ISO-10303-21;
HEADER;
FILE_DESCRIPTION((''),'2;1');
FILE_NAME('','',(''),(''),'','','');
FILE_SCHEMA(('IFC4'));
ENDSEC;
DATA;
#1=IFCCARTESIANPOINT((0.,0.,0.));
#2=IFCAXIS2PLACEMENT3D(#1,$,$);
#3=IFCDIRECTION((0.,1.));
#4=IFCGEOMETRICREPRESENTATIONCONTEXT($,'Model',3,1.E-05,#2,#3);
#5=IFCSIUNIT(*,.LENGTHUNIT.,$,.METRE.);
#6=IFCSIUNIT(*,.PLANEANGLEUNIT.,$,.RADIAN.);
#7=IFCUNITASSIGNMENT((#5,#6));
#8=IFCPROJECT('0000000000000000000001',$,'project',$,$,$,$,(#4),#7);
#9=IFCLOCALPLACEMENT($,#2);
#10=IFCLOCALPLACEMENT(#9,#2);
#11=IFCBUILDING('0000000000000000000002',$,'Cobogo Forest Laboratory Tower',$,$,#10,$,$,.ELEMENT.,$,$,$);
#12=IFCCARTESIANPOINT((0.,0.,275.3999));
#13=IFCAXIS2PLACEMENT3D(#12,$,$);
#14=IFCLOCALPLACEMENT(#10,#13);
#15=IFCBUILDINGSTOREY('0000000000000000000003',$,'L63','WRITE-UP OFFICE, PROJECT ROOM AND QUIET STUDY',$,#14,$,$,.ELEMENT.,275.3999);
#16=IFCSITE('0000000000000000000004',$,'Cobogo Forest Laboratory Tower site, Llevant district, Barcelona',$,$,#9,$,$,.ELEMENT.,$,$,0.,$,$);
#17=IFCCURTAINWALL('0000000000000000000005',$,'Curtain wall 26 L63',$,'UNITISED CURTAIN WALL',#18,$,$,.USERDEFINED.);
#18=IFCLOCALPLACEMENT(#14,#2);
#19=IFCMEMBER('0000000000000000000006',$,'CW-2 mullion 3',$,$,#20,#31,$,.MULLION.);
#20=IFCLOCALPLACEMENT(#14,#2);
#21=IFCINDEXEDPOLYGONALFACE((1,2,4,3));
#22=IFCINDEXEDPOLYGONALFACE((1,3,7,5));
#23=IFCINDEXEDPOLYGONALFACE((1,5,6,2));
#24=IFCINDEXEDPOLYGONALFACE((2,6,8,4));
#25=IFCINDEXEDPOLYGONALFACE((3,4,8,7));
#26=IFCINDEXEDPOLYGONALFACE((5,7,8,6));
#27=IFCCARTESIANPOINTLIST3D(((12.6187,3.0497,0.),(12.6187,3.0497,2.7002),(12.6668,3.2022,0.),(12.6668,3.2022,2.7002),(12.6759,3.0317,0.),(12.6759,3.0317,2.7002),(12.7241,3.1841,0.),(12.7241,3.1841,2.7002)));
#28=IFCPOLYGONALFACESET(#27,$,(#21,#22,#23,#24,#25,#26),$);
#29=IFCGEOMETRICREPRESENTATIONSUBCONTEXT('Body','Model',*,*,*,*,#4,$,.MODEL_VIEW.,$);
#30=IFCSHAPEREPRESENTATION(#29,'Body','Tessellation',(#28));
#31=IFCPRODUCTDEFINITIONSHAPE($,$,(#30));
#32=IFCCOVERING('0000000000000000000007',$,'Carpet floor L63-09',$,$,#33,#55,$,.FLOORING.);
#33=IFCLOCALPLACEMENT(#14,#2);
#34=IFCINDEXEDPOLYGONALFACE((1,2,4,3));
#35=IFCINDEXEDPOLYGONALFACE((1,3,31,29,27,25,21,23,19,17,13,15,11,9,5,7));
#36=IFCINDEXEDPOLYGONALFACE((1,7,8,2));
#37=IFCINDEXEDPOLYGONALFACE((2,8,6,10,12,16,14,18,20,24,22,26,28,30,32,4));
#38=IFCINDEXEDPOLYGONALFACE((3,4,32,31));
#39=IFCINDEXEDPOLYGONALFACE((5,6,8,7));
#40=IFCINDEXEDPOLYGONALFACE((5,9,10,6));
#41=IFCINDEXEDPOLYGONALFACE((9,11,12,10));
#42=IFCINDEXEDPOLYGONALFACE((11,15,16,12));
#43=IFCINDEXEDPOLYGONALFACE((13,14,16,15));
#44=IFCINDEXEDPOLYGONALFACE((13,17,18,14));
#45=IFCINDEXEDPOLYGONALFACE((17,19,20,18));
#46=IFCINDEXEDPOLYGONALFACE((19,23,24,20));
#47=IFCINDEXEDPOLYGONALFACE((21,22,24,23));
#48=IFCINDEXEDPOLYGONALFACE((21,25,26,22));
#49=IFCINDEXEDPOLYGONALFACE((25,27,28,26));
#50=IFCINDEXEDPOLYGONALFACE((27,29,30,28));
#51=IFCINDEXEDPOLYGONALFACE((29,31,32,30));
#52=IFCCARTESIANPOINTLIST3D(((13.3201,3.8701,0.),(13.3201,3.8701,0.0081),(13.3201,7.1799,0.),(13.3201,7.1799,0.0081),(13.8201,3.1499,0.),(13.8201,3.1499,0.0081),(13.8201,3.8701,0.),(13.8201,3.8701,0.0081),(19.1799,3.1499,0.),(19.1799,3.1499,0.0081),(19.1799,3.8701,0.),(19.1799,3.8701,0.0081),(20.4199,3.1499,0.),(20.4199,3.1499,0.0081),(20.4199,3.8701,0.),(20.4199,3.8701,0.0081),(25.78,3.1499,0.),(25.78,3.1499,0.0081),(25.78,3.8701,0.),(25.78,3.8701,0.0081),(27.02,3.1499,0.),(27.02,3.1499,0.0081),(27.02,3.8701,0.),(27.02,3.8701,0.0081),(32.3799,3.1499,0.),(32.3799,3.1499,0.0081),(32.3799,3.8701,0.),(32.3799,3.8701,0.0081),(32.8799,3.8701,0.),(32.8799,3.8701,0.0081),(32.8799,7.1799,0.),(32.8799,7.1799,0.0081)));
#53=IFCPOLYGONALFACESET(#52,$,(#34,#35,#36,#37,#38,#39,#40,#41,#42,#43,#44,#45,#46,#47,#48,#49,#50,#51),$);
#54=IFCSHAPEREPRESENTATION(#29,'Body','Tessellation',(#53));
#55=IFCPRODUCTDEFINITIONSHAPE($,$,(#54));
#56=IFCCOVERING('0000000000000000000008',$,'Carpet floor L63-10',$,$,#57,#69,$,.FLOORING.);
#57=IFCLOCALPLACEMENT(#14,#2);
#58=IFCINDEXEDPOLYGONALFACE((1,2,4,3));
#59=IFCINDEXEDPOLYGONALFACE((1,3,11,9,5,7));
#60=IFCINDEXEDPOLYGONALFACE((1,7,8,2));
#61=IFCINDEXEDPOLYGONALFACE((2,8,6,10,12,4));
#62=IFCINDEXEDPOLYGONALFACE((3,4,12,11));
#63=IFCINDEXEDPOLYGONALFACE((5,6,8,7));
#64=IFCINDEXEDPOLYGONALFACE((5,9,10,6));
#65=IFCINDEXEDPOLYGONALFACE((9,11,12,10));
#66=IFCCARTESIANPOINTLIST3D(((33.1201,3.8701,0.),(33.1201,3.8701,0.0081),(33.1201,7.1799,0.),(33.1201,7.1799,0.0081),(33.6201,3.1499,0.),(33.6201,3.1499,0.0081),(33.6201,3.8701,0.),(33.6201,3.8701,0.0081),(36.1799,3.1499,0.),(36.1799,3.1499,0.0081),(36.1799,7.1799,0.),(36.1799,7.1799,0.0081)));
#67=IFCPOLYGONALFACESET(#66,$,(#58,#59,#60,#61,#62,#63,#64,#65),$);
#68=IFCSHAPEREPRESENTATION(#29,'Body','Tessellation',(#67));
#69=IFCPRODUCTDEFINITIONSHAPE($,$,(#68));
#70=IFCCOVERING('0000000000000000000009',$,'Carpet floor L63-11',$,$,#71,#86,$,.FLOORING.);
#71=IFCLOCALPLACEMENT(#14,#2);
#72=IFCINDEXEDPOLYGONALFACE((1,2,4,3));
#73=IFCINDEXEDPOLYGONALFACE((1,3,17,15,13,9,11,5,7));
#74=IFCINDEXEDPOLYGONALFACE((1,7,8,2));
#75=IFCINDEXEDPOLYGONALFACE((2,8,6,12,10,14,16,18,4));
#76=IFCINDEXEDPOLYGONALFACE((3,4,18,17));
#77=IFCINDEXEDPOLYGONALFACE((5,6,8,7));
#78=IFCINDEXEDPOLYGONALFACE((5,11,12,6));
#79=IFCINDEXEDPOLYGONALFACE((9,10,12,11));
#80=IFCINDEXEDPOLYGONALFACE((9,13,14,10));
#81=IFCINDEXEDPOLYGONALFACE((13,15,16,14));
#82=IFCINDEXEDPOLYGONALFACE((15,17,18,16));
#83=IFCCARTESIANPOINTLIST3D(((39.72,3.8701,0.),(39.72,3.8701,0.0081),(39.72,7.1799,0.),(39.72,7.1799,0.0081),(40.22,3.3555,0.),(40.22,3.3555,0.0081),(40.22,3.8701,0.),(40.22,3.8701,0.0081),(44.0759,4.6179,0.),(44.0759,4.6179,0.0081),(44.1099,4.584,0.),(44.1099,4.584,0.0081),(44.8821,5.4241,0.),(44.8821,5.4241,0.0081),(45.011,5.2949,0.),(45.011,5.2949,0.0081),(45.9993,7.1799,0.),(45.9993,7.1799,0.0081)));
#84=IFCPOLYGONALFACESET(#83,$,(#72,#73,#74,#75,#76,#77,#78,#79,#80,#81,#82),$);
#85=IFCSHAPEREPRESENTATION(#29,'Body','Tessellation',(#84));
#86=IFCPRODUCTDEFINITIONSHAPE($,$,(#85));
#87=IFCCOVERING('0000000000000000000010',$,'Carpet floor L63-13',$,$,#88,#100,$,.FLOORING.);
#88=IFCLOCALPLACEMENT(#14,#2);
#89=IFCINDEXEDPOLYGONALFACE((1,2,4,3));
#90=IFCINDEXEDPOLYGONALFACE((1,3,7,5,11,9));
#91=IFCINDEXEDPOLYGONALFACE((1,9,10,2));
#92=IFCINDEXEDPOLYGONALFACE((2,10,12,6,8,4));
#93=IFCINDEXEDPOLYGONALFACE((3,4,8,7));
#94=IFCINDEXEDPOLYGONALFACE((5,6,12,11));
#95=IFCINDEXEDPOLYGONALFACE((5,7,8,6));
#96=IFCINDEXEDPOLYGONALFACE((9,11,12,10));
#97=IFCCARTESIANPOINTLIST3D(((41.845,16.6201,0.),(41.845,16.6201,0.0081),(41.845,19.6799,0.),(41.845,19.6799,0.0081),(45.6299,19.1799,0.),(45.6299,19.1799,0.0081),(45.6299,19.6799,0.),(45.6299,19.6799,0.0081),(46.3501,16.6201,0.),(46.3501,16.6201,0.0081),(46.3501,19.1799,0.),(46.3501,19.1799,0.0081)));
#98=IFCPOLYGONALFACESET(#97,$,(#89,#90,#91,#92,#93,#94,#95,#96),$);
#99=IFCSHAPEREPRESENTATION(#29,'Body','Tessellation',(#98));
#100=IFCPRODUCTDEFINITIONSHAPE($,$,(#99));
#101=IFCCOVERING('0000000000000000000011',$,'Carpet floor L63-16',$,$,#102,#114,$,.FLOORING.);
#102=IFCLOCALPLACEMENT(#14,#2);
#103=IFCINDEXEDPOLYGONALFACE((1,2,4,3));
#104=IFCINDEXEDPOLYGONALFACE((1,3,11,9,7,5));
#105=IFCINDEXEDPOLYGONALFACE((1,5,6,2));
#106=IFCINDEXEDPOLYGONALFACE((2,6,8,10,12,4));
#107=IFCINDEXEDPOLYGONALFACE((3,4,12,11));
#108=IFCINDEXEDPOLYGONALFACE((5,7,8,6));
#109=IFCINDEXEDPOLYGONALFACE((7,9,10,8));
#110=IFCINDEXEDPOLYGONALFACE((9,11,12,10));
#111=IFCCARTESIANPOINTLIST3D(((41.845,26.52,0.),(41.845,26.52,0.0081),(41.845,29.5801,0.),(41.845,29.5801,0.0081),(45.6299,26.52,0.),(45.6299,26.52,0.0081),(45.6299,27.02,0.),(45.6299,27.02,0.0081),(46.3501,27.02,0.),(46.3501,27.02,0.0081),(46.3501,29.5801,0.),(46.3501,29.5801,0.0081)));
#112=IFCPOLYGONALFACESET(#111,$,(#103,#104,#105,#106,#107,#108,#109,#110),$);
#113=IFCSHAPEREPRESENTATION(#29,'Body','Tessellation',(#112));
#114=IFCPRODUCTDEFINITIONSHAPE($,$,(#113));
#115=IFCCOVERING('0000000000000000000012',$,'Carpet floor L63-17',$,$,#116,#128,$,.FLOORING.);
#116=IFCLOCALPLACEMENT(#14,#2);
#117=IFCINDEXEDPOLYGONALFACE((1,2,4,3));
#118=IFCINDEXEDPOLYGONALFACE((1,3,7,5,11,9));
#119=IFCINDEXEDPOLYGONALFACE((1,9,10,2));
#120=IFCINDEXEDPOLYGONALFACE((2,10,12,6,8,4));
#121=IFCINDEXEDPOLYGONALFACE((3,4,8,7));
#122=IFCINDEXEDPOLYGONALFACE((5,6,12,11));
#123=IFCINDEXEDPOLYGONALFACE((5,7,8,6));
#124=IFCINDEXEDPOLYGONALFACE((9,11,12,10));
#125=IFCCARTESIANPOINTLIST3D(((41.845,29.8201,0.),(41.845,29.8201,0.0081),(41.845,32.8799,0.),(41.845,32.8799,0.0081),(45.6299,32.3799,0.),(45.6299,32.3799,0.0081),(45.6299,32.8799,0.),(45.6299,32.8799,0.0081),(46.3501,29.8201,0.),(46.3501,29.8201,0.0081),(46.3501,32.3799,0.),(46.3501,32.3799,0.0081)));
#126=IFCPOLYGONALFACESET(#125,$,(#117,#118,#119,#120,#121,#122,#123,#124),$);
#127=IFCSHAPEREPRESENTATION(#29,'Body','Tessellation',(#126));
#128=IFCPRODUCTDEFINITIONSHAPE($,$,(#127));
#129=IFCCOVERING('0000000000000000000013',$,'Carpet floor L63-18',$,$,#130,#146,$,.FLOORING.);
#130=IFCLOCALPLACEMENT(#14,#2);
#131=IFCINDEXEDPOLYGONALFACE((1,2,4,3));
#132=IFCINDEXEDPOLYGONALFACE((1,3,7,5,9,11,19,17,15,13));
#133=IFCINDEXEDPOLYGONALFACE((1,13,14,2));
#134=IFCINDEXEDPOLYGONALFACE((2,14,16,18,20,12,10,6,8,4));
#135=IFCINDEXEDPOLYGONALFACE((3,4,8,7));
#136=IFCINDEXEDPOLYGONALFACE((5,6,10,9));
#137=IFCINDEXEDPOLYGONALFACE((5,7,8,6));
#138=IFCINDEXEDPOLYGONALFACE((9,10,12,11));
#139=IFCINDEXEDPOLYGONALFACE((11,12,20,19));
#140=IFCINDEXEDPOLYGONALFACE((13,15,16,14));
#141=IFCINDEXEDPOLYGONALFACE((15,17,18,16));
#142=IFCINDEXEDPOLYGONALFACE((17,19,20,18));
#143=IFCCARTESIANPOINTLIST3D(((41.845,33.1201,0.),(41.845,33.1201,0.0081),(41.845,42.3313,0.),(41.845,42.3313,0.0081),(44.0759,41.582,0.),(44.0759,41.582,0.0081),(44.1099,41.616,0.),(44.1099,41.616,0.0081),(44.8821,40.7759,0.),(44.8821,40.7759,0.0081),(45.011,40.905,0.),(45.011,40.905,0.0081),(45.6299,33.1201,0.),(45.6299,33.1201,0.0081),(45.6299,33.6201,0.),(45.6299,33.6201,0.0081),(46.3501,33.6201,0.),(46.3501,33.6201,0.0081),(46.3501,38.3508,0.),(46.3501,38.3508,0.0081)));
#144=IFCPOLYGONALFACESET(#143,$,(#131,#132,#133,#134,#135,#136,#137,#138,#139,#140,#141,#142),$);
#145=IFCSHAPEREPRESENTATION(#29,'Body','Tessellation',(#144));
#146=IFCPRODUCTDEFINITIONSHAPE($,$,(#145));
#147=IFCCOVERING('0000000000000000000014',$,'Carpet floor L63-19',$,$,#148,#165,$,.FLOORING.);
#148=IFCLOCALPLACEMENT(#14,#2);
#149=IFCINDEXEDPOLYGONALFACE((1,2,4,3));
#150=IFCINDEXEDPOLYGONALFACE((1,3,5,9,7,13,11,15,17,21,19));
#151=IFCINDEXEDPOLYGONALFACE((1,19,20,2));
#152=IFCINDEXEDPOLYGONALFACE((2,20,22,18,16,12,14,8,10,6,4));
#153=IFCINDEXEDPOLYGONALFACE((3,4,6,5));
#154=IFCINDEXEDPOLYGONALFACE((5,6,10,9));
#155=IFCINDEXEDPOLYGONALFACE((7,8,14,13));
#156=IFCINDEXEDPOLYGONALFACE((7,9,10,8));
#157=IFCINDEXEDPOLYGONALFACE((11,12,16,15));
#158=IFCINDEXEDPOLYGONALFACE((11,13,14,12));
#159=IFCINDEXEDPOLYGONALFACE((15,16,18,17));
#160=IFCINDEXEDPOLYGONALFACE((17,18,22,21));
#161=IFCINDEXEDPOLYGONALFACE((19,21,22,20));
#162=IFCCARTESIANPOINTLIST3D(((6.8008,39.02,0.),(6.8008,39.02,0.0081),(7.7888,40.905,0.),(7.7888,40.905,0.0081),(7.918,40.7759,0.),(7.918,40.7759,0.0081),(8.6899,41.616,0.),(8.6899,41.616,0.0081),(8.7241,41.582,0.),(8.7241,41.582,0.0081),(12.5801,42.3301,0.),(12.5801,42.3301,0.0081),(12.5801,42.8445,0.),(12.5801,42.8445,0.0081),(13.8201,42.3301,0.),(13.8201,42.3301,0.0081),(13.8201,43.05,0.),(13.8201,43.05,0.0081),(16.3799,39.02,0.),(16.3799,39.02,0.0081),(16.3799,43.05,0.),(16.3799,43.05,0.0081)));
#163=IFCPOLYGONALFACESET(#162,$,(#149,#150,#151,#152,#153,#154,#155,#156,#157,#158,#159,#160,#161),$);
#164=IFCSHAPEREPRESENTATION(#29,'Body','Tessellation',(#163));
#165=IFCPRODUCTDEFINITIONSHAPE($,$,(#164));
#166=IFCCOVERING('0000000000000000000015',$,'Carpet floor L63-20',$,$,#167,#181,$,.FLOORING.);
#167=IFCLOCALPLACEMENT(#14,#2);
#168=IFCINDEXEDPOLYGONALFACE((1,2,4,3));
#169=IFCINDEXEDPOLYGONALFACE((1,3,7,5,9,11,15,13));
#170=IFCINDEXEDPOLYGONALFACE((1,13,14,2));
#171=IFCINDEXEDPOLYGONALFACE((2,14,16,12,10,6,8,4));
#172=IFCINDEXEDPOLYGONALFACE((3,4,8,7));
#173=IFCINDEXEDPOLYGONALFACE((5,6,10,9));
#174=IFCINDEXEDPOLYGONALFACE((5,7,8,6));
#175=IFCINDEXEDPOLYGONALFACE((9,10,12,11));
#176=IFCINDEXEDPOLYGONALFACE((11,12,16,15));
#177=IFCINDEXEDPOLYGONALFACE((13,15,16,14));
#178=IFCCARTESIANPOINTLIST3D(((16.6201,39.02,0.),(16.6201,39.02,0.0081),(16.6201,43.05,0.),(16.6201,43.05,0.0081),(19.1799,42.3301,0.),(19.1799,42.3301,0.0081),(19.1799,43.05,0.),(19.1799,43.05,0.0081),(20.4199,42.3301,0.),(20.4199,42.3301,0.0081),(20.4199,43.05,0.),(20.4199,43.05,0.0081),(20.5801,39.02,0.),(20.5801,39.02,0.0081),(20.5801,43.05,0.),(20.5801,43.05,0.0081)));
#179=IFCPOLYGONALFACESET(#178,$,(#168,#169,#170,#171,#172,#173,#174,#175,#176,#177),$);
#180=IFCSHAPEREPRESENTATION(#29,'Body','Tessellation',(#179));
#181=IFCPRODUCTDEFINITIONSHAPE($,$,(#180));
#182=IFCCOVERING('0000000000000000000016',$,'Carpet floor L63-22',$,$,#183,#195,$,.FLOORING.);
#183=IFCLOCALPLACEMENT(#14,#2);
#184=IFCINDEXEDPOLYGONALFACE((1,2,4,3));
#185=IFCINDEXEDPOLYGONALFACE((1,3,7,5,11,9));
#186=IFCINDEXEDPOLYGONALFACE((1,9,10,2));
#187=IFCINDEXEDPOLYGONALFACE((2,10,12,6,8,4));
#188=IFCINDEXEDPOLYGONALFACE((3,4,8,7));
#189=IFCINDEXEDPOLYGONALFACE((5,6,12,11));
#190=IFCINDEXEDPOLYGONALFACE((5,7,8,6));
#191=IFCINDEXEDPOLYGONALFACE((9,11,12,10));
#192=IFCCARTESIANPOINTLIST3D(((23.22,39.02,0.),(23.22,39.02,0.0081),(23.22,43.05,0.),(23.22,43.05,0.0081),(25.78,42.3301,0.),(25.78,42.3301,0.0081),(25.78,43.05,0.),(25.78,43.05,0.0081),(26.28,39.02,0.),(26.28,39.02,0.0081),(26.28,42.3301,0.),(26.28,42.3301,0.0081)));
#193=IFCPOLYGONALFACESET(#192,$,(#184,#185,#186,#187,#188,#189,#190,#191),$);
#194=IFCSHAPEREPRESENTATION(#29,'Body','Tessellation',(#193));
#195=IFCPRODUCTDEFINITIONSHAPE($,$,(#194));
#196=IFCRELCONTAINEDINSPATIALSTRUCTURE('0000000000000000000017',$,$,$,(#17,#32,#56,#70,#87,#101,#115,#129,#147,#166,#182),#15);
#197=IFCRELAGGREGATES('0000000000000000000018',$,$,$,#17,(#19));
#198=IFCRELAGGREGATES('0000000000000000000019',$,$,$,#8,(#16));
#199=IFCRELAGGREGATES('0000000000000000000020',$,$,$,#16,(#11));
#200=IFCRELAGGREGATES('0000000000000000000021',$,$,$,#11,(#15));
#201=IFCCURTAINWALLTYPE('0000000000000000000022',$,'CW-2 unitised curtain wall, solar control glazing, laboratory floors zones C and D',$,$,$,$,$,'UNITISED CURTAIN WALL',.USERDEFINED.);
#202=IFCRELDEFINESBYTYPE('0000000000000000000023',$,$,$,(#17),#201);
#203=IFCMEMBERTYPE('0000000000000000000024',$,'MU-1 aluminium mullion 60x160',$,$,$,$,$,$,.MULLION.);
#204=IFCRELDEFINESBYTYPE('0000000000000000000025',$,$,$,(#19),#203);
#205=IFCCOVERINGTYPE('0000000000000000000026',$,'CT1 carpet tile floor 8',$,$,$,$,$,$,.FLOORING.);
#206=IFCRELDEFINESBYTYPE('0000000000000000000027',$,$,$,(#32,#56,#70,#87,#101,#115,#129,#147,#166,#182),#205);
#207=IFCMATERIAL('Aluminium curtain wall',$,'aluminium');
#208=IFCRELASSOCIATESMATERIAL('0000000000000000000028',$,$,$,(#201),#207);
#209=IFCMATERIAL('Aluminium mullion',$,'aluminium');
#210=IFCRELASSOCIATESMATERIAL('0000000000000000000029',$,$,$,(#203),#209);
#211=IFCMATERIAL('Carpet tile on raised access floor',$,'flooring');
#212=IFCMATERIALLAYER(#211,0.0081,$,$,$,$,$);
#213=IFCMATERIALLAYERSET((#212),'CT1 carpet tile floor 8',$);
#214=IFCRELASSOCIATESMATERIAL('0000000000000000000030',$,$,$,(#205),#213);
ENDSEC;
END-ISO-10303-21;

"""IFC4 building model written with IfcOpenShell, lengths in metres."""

from ifc_helpers import new_model, si_unit, direction, frame, origin, origin_2d, place, context, subcontext, project, spatial, polyline, rectangle, outline, extrude, material, layer, layer_set, material_profile, profile_set, type_object, element, aggregate, save


model = new_model("IFC4")

# Units and contexts
model_context = context("Model", 3, precision=1e-05, world=origin(), true_north=direction((0.0, 1.0)))
body_context = subcontext(model_context, "Body", "Model", "MODEL_VIEW")
ifc_project = project(units=[si_unit("LENGTHUNIT", "METRE"), si_unit("PLANEANGLEUNIT", "RADIAN")], contexts=[model_context])

# Site, building, storey
site_placement = place(None, origin())
site = spatial("IfcSite", under=ifc_project, at=site_placement, Name="Cobogo Forest Laboratory Tower site, Llevant district, Barcelona", CompositionType="ELEMENT", RefElevation=0.0)
building_placement = place(site_placement, origin())
building = spatial("IfcBuilding", under=site, at=building_placement, Name="Cobogo Forest Laboratory Tower", CompositionType="ELEMENT")
storey_placement = place(building_placement, frame((0.0, 0.0, 275.3999)))
storey = spatial("IfcBuildingStorey", under=building, at=storey_placement, Name="L63", Description="WRITE-UP OFFICE, PROJECT ROOM AND QUIET STUDY", CompositionType="ELEMENT", Elevation=275.3999)

# Curtain wall, member
ifc_material_1 = material(Name="Aluminium curtain wall", Category="aluminium")
curtain_wall_type = type_object("IfcCurtainWallType", Name="CW-2 unitised curtain wall, solar control glazing, laboratory floors zones C and D", ElementType="UNITISED CURTAIN WALL", PredefinedType="USERDEFINED", material=ifc_material_1)
curtain_wall_placement = place(storey_placement, origin())
curtain_wall = element("IfcCurtainWall", 1, at=curtain_wall_placement, inside=storey, type_object=curtain_wall_type, Name="Curtain wall 26 L63", ObjectType="UNITISED CURTAIN WALL", PredefinedType="USERDEFINED")
ifc_material_2 = material(Name="Aluminium mullion", Category="aluminium")
ifc_material_profile = material_profile(ifc_material_2, rectangle(XDim=0.0601, YDim=0.1599, at=origin_2d()), Name="AL 60x160")
ifc_profile_set = profile_set([ifc_material_profile], Name="Aluminium mullion")
member_type = type_object("IfcMemberType", Name="MU-1 aluminium mullion 60x160", PredefinedType="MULLION", material=ifc_profile_set)
member_placement = place(storey_placement, frame((12.6714, 3.1169, 0.0), z_axis=(0.0, 0.0, 1.0), x_axis=(0.953581, -0.301135, 0.0)))
member = element("IfcMember", 2, at=member_placement, type_object=member_type, Name="CW-2 mullion 3", PredefinedType="MULLION", context=body_context, shape_type="SweptSolid", body=[
    extrude(rectangle(XDim=0.0601, YDim=0.1599, at=origin_2d()), origin(), (0.0, 0.0, 1.0), 2.7002),
])
aggregate(curtain_wall, [member])

# Coverings
ifc_material_3 = material(Name="Carpet tile on raised access floor", Category="flooring")
ifc_layer_1 = layer(ifc_material_3, 0.0081)
ifc_layer_set_1 = layer_set([ifc_layer_1], Name="CT1 carpet tile floor 8")
covering_type_1 = type_object("IfcCoveringType", Name="CT1 carpet tile floor 8", PredefinedType="FLOORING", material=ifc_layer_set_1)
covering_1_placement = place(storey_placement, origin())
element("IfcCovering", 3, at=covering_1_placement, inside=storey, type_object=covering_type_1, Name="Carpet floor L63-09", PredefinedType="FLOORING", context=body_context, shape_type="SweptSolid", body=[
    extrude(outline(polyline([(32.8799, 7.1799), (32.8799, 3.8701), (32.3799, 3.8701), (32.3799, 3.1499), (27.02, 3.1499), (27.02, 3.8701), (25.78, 3.8701), (25.78, 3.1499), (20.4199, 3.1499), (20.4199, 3.8701), (19.1799, 3.8701), (19.1799, 3.1499), (13.8201, 3.1499), (13.8201, 3.8701), (13.3201, 3.8701), (13.3201, 7.1799), (32.8799, 7.1799)])), origin(), (0.0, 0.0, 1.0), 0.0081),
])
covering_2_placement = place(storey_placement, origin())
element("IfcCovering", 4, at=covering_2_placement, inside=storey, type_object=covering_type_1, Name="Carpet floor L63-10", PredefinedType="FLOORING", context=body_context, shape_type="SweptSolid", body=[
    extrude(outline(polyline([(36.1799, 7.1799), (36.1799, 3.1499), (33.6201, 3.1499), (33.6201, 3.8701), (33.1201, 3.8701), (33.1201, 7.1799), (36.1799, 7.1799)])), origin(), (0.0, 0.0, 1.0), 0.0081),
])
covering_3_placement = place(storey_placement, origin())
element("IfcCovering", 5, at=covering_3_placement, inside=storey, type_object=covering_type_1, Name="Carpet floor L63-11", PredefinedType="FLOORING", context=body_context, shape_type="SweptSolid", body=[
    extrude(outline(polyline([(44.1099, 4.584), (40.22, 3.3555), (40.22, 3.8701), (39.72, 3.8701), (39.72, 7.1799), (45.9993, 7.1799), (45.011, 5.2949), (44.8821, 5.4241), (44.0759, 4.6179), (44.1099, 4.584)])), origin(), (0.0, 0.0, 1.0), 0.0081),
])
covering_4_placement = place(storey_placement, origin())
element("IfcCovering", 6, at=covering_4_placement, inside=storey, type_object=covering_type_1, Name="Carpet floor L63-13", PredefinedType="FLOORING", context=body_context, shape_type="SweptSolid", body=[
    extrude(outline(polyline([(41.845, 19.6799), (45.6299, 19.6799), (45.6299, 19.1799), (46.3501, 19.1799), (46.3501, 16.6201), (41.845, 16.6201), (41.845, 19.6799)])), origin(), (0.0, 0.0, 1.0), 0.0081),
])
covering_5_placement = place(storey_placement, origin())
element("IfcCovering", 7, at=covering_5_placement, inside=storey, type_object=covering_type_1, Name="Carpet floor L63-16", PredefinedType="FLOORING", context=body_context, shape_type="SweptSolid", body=[
    extrude(outline(polyline([(41.845, 29.5801), (46.3501, 29.5801), (46.3501, 27.02), (45.6299, 27.02), (45.6299, 26.52), (41.845, 26.52), (41.845, 29.5801)])), origin(), (0.0, 0.0, 1.0), 0.0081),
])
covering_6_placement = place(storey_placement, origin())
element("IfcCovering", 8, at=covering_6_placement, inside=storey, type_object=covering_type_1, Name="Carpet floor L63-17", PredefinedType="FLOORING", context=body_context, shape_type="SweptSolid", body=[
    extrude(outline(polyline([(41.845, 32.8799), (45.6299, 32.8799), (45.6299, 32.3799), (46.3501, 32.3799), (46.3501, 29.8201), (41.845, 29.8201), (41.845, 32.8799)])), origin(), (0.0, 0.0, 1.0), 0.0081),
])
covering_7_placement = place(storey_placement, origin())
element("IfcCovering", 9, at=covering_7_placement, inside=storey, type_object=covering_type_1, Name="Carpet floor L63-18", PredefinedType="FLOORING", context=body_context, shape_type="SweptSolid", body=[
    extrude(outline(polyline([(41.845, 42.3313), (44.1099, 41.616), (44.0759, 41.582), (44.8821, 40.7759), (45.011, 40.905), (46.3501, 38.3508), (46.3501, 33.6201), (45.6299, 33.6201), (45.6299, 33.1201), (41.845, 33.1201), (41.845, 42.3313)])), origin(), (0.0, 0.0, 1.0), 0.0081),
])
covering_8_placement = place(storey_placement, origin())
element("IfcCovering", 10, at=covering_8_placement, inside=storey, type_object=covering_type_1, Name="Carpet floor L63-19", PredefinedType="FLOORING", context=body_context, shape_type="SweptSolid", body=[
    extrude(outline(polyline([(6.8008, 39.02), (7.7888, 40.905), (7.918, 40.7759), (8.7241, 41.582), (8.6899, 41.616), (12.5801, 42.8445), (12.5801, 42.3301), (13.8201, 42.3301), (13.8201, 43.05), (16.3799, 43.05), (16.3799, 39.02), (6.8008, 39.02)])), origin(), (0.0, 0.0, 1.0), 0.0081),
])
covering_9_placement = place(storey_placement, origin())
element("IfcCovering", 11, at=covering_9_placement, inside=storey, type_object=covering_type_1, Name="Carpet floor L63-20", PredefinedType="FLOORING", context=body_context, shape_type="SweptSolid", body=[
    extrude(outline(polyline([(16.6201, 39.02), (16.6201, 43.05), (19.1799, 43.05), (19.1799, 42.3301), (20.4199, 42.3301), (20.4199, 43.05), (20.5801, 43.05), (20.5801, 39.02), (16.6201, 39.02)])), origin(), (0.0, 0.0, 1.0), 0.0081),
])
covering_10_placement = place(storey_placement, origin())
element("IfcCovering", 12, at=covering_10_placement, inside=storey, type_object=covering_type_1, Name="Carpet floor L63-22", PredefinedType="FLOORING", context=body_context, shape_type="SweptSolid", body=[
    extrude(outline(polyline([(23.22, 39.02), (23.22, 43.05), (25.78, 43.05), (25.78, 42.3301), (26.28, 42.3301), (26.28, 39.02), (23.22, 39.02)])), origin(), (0.0, 0.0, 1.0), 0.0081),
])

save(model, "model.ifc")
